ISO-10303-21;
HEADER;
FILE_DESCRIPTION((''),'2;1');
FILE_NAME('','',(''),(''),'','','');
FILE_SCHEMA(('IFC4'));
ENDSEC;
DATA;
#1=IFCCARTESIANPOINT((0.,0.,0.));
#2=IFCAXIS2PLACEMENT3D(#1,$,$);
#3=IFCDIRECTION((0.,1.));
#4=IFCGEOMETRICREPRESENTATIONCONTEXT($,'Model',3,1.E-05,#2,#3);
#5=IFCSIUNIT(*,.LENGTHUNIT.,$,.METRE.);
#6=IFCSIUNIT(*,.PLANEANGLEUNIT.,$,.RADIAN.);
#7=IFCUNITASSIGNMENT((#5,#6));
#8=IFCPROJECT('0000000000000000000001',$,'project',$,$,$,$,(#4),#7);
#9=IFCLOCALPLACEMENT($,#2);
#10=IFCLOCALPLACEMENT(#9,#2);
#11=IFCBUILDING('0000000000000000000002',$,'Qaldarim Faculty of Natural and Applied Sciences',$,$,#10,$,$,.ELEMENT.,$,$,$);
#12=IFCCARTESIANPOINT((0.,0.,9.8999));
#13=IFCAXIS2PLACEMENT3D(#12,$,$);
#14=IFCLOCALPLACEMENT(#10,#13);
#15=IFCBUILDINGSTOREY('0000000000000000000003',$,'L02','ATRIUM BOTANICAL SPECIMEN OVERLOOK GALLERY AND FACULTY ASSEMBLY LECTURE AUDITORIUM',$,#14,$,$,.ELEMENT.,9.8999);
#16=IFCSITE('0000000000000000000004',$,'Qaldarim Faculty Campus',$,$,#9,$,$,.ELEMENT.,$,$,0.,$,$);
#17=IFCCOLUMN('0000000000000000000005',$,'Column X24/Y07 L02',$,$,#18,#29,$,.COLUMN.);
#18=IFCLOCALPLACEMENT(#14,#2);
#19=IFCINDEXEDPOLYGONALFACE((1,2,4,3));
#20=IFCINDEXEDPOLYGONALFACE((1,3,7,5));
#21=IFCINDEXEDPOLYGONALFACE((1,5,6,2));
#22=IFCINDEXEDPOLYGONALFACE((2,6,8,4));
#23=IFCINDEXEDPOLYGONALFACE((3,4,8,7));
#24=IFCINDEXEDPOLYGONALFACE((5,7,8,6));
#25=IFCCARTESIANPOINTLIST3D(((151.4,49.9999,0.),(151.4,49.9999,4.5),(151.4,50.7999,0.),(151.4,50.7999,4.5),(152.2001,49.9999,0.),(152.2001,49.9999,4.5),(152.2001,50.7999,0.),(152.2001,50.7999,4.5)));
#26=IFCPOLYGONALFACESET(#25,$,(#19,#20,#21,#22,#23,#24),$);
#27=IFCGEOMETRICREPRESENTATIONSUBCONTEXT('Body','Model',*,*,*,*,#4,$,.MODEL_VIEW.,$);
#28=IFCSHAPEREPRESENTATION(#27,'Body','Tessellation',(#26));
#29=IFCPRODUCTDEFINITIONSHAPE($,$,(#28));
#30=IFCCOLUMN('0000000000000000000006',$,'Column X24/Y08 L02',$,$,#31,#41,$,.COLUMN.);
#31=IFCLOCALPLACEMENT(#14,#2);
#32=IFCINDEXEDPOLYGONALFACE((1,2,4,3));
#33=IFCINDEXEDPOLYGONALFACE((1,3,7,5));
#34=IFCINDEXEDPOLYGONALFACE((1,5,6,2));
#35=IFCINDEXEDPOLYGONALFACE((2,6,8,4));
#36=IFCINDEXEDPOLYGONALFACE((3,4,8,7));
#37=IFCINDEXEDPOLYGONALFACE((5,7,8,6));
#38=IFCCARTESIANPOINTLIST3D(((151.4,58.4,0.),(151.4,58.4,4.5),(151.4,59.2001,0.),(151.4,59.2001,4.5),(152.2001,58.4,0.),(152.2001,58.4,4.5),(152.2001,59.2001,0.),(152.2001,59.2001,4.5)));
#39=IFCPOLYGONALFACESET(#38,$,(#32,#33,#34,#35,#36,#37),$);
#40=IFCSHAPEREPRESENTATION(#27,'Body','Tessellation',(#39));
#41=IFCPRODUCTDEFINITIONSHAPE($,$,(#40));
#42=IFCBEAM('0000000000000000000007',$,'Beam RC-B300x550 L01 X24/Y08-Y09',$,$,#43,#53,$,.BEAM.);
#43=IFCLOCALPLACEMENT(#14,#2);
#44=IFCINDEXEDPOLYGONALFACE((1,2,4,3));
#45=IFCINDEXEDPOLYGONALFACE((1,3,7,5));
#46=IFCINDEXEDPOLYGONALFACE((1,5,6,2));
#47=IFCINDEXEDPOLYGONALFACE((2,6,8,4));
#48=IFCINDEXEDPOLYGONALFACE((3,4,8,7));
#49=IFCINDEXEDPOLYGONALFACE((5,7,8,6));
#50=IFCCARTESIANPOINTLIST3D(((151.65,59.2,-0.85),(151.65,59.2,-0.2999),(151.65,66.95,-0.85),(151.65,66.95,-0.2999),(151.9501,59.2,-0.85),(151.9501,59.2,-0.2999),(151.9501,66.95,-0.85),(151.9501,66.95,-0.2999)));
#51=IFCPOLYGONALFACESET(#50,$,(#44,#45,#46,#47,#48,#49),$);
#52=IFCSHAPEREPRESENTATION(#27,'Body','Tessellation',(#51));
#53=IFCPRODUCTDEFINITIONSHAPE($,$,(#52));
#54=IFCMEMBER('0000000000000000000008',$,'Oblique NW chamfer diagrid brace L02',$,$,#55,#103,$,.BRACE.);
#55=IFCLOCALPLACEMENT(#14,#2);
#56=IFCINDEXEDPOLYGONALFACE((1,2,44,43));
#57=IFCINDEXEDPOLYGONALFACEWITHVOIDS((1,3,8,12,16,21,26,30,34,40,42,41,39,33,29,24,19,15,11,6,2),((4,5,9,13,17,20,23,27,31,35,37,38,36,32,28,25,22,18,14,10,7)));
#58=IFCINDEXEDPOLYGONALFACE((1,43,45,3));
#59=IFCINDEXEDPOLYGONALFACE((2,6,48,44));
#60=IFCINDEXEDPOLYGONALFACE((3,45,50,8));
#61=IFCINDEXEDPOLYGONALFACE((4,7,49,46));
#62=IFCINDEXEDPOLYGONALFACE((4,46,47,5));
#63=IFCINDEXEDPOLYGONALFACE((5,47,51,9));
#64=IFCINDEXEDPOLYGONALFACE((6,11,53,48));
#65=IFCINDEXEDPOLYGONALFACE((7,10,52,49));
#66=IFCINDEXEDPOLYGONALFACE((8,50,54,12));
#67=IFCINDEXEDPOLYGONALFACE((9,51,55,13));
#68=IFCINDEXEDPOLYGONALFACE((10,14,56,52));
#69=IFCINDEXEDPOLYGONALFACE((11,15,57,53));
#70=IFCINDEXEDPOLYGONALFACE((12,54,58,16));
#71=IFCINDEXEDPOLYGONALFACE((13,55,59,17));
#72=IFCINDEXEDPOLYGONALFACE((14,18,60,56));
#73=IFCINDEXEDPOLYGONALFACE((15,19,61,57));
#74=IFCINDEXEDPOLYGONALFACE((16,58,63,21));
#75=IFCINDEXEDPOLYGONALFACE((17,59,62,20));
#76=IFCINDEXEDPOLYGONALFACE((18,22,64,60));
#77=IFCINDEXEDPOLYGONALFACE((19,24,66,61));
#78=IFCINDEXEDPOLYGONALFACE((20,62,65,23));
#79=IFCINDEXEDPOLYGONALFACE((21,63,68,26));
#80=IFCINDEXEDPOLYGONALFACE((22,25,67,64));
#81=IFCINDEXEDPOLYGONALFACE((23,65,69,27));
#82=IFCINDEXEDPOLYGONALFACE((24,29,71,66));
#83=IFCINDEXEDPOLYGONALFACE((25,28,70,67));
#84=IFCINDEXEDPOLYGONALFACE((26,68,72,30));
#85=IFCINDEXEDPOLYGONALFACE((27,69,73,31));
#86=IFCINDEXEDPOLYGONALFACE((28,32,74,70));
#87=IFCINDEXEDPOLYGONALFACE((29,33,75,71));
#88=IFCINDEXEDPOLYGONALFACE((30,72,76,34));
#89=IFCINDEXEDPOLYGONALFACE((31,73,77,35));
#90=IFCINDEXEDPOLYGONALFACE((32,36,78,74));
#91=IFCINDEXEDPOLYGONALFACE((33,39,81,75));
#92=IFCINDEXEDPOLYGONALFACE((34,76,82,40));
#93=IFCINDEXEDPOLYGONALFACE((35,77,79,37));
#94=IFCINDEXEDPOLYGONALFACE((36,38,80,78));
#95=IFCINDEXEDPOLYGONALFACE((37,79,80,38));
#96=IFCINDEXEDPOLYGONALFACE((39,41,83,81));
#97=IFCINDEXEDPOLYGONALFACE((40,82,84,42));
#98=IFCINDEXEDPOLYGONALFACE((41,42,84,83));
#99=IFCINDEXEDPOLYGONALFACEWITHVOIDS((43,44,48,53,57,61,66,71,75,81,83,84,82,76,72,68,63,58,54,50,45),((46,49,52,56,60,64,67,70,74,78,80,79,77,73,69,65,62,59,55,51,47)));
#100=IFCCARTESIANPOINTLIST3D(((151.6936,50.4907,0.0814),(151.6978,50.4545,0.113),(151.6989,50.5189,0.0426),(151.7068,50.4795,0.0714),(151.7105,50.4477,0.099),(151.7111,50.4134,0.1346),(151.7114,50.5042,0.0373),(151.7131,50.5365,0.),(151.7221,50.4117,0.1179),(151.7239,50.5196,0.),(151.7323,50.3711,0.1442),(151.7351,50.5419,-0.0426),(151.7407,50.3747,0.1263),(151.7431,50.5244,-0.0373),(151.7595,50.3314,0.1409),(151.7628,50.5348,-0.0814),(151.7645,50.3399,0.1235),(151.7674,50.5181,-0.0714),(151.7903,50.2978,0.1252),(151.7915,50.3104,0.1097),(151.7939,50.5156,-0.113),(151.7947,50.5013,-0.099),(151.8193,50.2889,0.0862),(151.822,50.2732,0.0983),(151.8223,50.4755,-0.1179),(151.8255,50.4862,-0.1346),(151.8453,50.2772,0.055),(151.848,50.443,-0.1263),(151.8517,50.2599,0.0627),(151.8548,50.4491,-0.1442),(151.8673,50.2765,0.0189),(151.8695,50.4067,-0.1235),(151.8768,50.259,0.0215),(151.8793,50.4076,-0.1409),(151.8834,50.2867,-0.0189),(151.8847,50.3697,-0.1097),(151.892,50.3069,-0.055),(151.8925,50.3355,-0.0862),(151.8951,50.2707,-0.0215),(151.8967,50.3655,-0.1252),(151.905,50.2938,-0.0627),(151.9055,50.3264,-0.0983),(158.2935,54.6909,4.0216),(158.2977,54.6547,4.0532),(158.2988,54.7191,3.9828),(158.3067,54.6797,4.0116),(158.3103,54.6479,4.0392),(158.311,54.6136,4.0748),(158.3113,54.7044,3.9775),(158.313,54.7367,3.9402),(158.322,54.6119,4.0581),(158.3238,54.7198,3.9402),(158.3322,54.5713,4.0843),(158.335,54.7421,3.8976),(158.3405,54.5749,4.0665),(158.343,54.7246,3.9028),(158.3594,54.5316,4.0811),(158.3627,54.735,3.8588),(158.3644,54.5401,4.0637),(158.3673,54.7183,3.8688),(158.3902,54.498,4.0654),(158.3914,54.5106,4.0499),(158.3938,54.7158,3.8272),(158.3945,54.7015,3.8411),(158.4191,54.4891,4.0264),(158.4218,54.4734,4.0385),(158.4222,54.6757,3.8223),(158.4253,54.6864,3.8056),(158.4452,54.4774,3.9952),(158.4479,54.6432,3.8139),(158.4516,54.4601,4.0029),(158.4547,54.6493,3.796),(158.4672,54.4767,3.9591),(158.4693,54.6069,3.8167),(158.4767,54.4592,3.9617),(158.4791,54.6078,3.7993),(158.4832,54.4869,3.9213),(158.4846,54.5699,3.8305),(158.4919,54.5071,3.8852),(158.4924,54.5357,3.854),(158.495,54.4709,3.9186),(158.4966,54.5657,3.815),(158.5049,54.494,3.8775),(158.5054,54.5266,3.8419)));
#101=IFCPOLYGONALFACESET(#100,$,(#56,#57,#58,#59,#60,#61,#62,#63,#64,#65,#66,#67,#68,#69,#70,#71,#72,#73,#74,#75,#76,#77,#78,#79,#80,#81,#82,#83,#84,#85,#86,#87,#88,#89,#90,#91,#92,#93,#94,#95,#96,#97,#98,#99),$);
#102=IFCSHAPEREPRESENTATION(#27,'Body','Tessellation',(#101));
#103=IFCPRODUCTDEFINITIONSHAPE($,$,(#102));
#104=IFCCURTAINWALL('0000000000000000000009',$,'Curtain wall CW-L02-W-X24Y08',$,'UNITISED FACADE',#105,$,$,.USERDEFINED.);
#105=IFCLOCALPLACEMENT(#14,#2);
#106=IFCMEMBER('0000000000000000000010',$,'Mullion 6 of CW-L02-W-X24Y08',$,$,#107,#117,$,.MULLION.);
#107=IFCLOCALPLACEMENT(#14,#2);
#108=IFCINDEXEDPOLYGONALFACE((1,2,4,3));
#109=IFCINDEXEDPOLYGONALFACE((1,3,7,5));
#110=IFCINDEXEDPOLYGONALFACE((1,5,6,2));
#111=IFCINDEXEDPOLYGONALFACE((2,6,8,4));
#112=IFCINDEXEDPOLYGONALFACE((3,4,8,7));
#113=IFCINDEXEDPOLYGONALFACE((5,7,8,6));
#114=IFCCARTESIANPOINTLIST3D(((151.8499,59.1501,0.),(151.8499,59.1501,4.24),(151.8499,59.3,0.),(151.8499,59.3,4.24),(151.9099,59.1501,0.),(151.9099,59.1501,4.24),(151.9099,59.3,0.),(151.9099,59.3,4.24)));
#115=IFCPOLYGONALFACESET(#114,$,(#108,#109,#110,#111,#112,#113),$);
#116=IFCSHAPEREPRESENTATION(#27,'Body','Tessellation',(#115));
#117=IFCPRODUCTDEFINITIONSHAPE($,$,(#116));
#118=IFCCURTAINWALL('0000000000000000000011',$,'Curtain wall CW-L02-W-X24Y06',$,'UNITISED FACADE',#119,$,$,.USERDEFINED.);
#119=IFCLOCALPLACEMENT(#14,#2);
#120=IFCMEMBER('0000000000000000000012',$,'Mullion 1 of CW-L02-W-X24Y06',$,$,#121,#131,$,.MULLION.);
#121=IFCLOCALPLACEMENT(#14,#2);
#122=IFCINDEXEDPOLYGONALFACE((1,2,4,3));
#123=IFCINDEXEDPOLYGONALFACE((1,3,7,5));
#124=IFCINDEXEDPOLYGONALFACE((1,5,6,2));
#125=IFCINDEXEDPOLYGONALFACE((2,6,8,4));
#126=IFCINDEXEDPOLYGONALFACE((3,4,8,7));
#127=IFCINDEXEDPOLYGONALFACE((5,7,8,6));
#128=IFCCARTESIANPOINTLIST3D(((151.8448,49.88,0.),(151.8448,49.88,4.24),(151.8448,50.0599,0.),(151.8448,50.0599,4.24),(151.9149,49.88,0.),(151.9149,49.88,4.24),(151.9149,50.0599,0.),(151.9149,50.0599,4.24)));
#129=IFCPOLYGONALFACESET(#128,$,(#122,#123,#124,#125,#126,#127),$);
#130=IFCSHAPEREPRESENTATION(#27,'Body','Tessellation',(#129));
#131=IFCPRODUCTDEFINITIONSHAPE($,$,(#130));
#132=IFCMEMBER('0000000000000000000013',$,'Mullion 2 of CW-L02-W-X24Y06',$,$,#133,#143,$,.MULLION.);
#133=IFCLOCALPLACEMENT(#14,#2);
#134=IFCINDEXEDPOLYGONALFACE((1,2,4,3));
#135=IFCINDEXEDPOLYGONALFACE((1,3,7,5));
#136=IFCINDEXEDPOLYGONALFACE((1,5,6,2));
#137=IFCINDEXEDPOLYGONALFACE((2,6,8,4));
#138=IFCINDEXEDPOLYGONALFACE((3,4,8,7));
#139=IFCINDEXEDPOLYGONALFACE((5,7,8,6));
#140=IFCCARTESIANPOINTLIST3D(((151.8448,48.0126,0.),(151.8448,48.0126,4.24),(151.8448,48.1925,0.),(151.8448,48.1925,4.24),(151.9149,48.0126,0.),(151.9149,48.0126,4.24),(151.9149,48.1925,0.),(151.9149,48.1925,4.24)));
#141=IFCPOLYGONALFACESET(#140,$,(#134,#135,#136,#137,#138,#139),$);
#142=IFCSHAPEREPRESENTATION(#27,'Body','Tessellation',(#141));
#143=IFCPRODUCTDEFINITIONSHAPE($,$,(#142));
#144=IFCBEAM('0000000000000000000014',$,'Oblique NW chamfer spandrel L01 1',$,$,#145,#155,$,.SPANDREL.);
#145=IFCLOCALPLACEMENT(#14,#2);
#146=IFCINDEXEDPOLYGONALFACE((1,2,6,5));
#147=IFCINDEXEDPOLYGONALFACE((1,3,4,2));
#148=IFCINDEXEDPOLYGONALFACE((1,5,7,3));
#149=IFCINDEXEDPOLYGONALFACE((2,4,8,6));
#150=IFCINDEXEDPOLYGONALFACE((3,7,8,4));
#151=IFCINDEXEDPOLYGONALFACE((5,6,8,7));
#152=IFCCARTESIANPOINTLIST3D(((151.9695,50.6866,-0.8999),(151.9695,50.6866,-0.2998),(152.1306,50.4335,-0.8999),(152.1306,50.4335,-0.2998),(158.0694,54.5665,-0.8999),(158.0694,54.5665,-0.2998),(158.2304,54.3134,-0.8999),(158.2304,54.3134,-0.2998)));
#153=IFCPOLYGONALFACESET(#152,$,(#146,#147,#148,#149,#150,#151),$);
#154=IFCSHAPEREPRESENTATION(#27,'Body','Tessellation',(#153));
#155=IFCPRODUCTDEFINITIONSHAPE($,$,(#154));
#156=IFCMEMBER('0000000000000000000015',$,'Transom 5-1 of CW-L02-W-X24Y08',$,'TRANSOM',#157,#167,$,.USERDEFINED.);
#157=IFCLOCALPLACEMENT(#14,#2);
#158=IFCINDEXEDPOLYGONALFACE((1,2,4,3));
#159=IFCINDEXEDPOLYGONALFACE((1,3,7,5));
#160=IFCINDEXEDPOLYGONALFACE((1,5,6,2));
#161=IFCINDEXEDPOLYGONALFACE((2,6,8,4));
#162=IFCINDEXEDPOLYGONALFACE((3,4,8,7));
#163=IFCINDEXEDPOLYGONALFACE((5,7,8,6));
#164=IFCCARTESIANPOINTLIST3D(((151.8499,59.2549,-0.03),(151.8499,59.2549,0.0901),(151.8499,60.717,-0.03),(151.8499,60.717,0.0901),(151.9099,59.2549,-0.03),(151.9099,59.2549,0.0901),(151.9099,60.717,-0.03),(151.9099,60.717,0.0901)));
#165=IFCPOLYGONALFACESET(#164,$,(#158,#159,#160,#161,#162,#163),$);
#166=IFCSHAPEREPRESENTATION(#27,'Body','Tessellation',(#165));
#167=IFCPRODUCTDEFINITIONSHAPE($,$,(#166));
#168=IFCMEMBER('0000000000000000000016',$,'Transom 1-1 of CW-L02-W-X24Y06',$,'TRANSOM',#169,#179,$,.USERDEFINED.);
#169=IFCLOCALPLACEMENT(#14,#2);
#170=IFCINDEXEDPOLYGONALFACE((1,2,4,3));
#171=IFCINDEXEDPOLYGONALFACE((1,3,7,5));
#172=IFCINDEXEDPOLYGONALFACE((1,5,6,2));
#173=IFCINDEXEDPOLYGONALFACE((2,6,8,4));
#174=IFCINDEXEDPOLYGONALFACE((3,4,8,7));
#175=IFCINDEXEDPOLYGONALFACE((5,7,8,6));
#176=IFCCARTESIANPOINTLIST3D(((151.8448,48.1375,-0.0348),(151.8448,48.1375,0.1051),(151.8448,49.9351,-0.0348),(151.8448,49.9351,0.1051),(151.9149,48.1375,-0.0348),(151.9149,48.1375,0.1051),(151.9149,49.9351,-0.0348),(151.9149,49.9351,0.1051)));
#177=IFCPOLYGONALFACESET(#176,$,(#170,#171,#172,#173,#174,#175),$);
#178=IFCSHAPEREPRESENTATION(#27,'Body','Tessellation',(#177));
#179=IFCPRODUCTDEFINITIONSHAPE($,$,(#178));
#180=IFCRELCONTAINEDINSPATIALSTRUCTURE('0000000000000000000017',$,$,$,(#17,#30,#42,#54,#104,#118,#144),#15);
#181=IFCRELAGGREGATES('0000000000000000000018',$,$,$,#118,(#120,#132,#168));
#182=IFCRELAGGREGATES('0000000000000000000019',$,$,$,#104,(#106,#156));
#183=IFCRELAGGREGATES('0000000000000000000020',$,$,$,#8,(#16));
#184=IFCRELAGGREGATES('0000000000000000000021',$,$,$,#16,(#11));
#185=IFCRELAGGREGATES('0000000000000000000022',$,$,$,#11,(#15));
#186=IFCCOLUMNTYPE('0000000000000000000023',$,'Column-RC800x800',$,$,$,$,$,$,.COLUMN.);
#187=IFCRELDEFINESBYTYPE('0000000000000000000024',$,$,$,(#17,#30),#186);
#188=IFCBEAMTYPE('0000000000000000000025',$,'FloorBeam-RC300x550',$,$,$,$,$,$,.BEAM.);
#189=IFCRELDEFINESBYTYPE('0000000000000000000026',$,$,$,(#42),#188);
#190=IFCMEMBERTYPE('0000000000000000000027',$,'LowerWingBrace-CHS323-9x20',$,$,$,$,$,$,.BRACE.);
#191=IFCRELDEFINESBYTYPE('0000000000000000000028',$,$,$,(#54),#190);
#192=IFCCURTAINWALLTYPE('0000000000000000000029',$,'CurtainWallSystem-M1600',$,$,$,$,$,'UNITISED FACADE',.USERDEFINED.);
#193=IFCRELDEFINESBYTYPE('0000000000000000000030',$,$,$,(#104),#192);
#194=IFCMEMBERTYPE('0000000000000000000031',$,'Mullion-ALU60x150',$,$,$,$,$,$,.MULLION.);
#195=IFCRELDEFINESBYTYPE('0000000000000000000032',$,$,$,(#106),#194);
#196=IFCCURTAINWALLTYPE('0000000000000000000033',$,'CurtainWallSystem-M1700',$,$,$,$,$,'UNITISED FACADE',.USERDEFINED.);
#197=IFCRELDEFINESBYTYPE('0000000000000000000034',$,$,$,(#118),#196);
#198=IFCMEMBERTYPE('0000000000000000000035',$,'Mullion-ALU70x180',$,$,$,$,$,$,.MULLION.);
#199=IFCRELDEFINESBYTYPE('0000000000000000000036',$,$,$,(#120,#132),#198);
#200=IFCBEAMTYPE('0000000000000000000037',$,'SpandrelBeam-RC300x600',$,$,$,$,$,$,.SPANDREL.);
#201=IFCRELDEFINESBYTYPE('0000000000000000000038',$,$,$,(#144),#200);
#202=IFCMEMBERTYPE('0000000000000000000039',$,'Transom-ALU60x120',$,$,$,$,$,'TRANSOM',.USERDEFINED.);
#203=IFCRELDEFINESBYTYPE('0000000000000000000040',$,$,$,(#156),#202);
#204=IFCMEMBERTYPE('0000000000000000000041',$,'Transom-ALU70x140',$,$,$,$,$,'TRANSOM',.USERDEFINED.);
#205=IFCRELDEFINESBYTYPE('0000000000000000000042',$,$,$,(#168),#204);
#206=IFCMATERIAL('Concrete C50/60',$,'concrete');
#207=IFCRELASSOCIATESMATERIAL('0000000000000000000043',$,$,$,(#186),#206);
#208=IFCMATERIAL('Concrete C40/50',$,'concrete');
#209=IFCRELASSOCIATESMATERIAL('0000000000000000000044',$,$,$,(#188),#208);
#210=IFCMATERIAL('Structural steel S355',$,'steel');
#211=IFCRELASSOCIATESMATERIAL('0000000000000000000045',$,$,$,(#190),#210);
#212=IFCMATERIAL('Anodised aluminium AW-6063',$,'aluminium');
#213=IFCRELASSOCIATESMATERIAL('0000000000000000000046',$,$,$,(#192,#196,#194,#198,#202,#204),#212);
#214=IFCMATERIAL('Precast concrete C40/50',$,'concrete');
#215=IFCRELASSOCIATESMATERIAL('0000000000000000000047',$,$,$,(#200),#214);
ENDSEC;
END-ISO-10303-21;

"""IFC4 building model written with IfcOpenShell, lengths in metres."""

from ifc_helpers import new_model, si_unit, direction, frame, origin, origin_2d, place, context, subcontext, project, spatial, rectangle, hollow_circle, extrude, material, material_profile, profile_set, type_object, element, aggregate, save


model = new_model("IFC4")

# Units and contexts
model_context = context("Model", 3, precision=1e-05, world=origin(), true_north=direction((0.0, 1.0)))
body_context = subcontext(model_context, "Body", "Model", "MODEL_VIEW")
ifc_project = project(units=[si_unit("LENGTHUNIT", "METRE"), si_unit("PLANEANGLEUNIT", "RADIAN")], contexts=[model_context])

# Site, building, storey
site_placement = place(None, origin())
site = spatial("IfcSite", under=ifc_project, at=site_placement, Name="Qaldarim Faculty Campus", CompositionType="ELEMENT", RefElevation=0.0)
building_placement = place(site_placement, origin())
building = spatial("IfcBuilding", under=site, at=building_placement, Name="Qaldarim Faculty of Natural and Applied Sciences", CompositionType="ELEMENT")
storey_placement = place(building_placement, frame((0.0, 0.0, 9.8999)))
storey = spatial("IfcBuildingStorey", under=building, at=storey_placement, Name="L02", Description="ATRIUM BOTANICAL SPECIMEN OVERLOOK GALLERY AND FACULTY ASSEMBLY LECTURE AUDITORIUM", CompositionType="ELEMENT", Elevation=9.8999)

# Columns
ifc_material_1 = material(Name="Concrete C50/60", Category="concrete")
ifc_material_profile_1 = material_profile(ifc_material_1, rectangle(XDim=0.8, YDim=0.8, at=origin_2d()), Name="RC-C800x800")
ifc_profile_set_1 = profile_set([ifc_material_profile_1], Name="Concrete C50/60")
column_type = type_object("IfcColumnType", Name="Column-RC800x800", PredefinedType="COLUMN", material=ifc_profile_set_1)
for number, where, z_axis, x_axis, name in (
    (1, (151.8, 50.3999, 0.0), (0.0, 0.0, 1.0), (1.0, 0.0, 0.0), "Column X24/Y07 L02"),
    (2, (151.8, 58.8, 0.0), (0.0, 0.0, 1.0), (1.0, 0.0, 0.0), "Column X24/Y08 L02"),
):
    element("IfcColumn", number, at=place(storey_placement, frame(where, z_axis=z_axis, x_axis=x_axis)), inside=storey, type_object=column_type, Name=name, PredefinedType="COLUMN", context=body_context, shape_type="SweptSolid", body=[
        extrude(rectangle(XDim=0.8, YDim=0.8, at=origin_2d()), origin(), (0.0, 0.0, 1.0), 4.5),
    ])

# Beam
ifc_material_2 = material(Name="Concrete C40/50", Category="concrete")
ifc_material_profile_2 = material_profile(ifc_material_2, rectangle(XDim=0.3, YDim=0.55, at=origin_2d()), Name="RC-B300x550")
ifc_profile_set_2 = profile_set([ifc_material_profile_2], Name="Concrete C40/50")
beam_type_1 = type_object("IfcBeamType", Name="FloorBeam-RC300x550", PredefinedType="BEAM", material=ifc_profile_set_2)
beam_1_placement = place(storey_placement, frame((151.8, 59.2, -0.575), z_axis=(0.0, 1.0, 0.0), x_axis=(-1.0, 0.0, 0.0)))
element("IfcBeam", 3, at=beam_1_placement, inside=storey, type_object=beam_type_1, Name="Beam RC-B300x550 L01 X24/Y08-Y09", PredefinedType="BEAM", context=body_context, shape_type="SweptSolid", body=[
    extrude(rectangle(XDim=0.3, YDim=0.55, at=origin_2d()), origin(), (0.0, 0.0, 1.0), 7.75),
])

# Member
ifc_material_3 = material(Name="Structural steel S355", Category="steel")
ifc_material_profile_3 = material_profile(ifc_material_3, hollow_circle(Radius=0.1619, WallThickness=0.02, at=origin_2d()), Name="CHS 323.9x20.0")
ifc_profile_set_3 = profile_set([ifc_material_profile_3], Name="Structural steel S355")
member_type_1 = type_object("IfcMemberType", Name="LowerWingBrace-CHS323-9x20", PredefinedType="BRACE", material=ifc_profile_set_3)
member_1_placement = place(storey_placement, frame((151.8, 50.3999, 0.0), z_axis=(0.753471, 0.479514, 0.44983), x_axis=(-0.536902, 0.843645, 0.0)))
element("IfcMember", 4, at=member_1_placement, inside=storey, type_object=member_type_1, Name="Oblique NW chamfer diagrid brace L02", PredefinedType="BRACE", context=body_context, shape_type="SweptSolid", body=[
    extrude(hollow_circle(Radius=0.1619, WallThickness=0.02, at=origin_2d()), origin(), (0.0, 0.0, 1.0), 8.7593),
])

# Curtain wall, member
ifc_material_4 = material(Name="Anodised aluminium AW-6063", Category="aluminium")
curtain_wall_type_1 = type_object("IfcCurtainWallType", Name="CurtainWallSystem-M1600", ElementType="UNITISED FACADE", PredefinedType="USERDEFINED", material=ifc_material_4)
curtain_wall_1_placement = place(storey_placement, origin())
curtain_wall_1 = element("IfcCurtainWall", 5, at=curtain_wall_1_placement, inside=storey, type_object=curtain_wall_type_1, Name="Curtain wall CW-L02-W-X24Y08", ObjectType="UNITISED FACADE", PredefinedType="USERDEFINED")
ifc_material_profile_4 = material_profile(ifc_material_4, rectangle(XDim=0.0601, YDim=0.1499, at=origin_2d()), Name="ALU-M60x150")
ifc_profile_set_4 = profile_set([ifc_material_profile_4], Name="Anodised aluminium AW-6063")
member_type_2 = type_object("IfcMemberType", Name="Mullion-ALU60x150", PredefinedType="MULLION", material=ifc_profile_set_4)
member_2_placement = place(storey_placement, frame((151.8799, 59.2251, 0.0), z_axis=(0.0, 0.0, 1.0), x_axis=(1.0, 0.0, 0.0)))
member_2 = element("IfcMember", 6, at=member_2_placement, type_object=member_type_2, Name="Mullion 6 of CW-L02-W-X24Y08", PredefinedType="MULLION", context=body_context, shape_type="SweptSolid", body=[
    extrude(rectangle(XDim=0.0601, YDim=0.1499, at=origin_2d()), origin(), (0.0, 0.0, 1.0), 4.24),
])

# Curtain wall, members
curtain_wall_type_2 = type_object("IfcCurtainWallType", Name="CurtainWallSystem-M1700", ElementType="UNITISED FACADE", PredefinedType="USERDEFINED", material=ifc_material_4)
curtain_wall_2_placement = place(storey_placement, origin())
curtain_wall_2 = element("IfcCurtainWall", 7, at=curtain_wall_2_placement, inside=storey, type_object=curtain_wall_type_2, Name="Curtain wall CW-L02-W-X24Y06", ObjectType="UNITISED FACADE", PredefinedType="USERDEFINED")
ifc_material_profile_5 = material_profile(ifc_material_4, rectangle(XDim=0.0701, YDim=0.1799, at=origin_2d()), Name="ALU-M70x180")
ifc_profile_set_5 = profile_set([ifc_material_profile_5], Name="Anodised aluminium AW-6063")
member_type_3 = type_object("IfcMemberType", Name="Mullion-ALU70x180", PredefinedType="MULLION", material=ifc_profile_set_5)
member_3_placement = place(storey_placement, frame((151.8799, 49.97, 0.0), z_axis=(0.0, 0.0, 1.0), x_axis=(1.0, 0.0, 0.0)))
member_3 = element("IfcMember", 8, at=member_3_placement, type_object=member_type_3, Name="Mullion 1 of CW-L02-W-X24Y06", PredefinedType="MULLION", context=body_context, shape_type="SweptSolid", body=[
    extrude(rectangle(XDim=0.0701, YDim=0.1799, at=origin_2d()), origin(), (0.0, 0.0, 1.0), 4.24),
])
member_4_placement = place(storey_placement, frame((151.8799, 48.1025, 0.0), z_axis=(0.0, 0.0, 1.0), x_axis=(1.0, 0.0, 0.0)))
member_4 = element("IfcMember", 9, at=member_4_placement, type_object=member_type_3, Name="Mullion 2 of CW-L02-W-X24Y06", PredefinedType="MULLION", context=body_context, shape_type="SweptSolid", body=[
    extrude(rectangle(XDim=0.0701, YDim=0.1799, at=origin_2d()), origin(), (0.0, 0.0, 1.0), 4.24),
])

# Beam
ifc_material_5 = material(Name="Precast concrete C40/50", Category="concrete")
ifc_material_profile_6 = material_profile(ifc_material_5, rectangle(XDim=0.3, YDim=0.6001, at=origin_2d()), Name="RC-SP300x600")
ifc_profile_set_6 = profile_set([ifc_material_profile_6], Name="Precast concrete C40/50")
beam_type_2 = type_object("IfcBeamType", Name="SpandrelBeam-RC300x600", PredefinedType="SPANDREL", material=ifc_profile_set_6)
beam_2_placement = place(storey_placement, frame((152.05, 50.5601, -0.5999), z_axis=(0.843777, 0.536694, 0.0), x_axis=(-0.536694, 0.843777, 0.0)))
element("IfcBeam", 10, at=beam_2_placement, inside=storey, type_object=beam_type_2, Name="Oblique NW chamfer spandrel L01 1", PredefinedType="SPANDREL", context=body_context, shape_type="SweptSolid", body=[
    extrude(rectangle(XDim=0.3, YDim=0.6001, at=origin_2d()), origin(), (0.0, 0.0, 1.0), 7.2292),
])

# Members
ifc_material_profile_7 = material_profile(ifc_material_4, rectangle(XDim=0.0601, YDim=0.1201, at=origin_2d()), Name="ALU-T60x120")
ifc_profile_set_7 = profile_set([ifc_material_profile_7], Name="Anodised aluminium AW-6063")
member_type_4 = type_object("IfcMemberType", Name="Transom-ALU60x120", ElementType="TRANSOM", PredefinedType="USERDEFINED", material=ifc_profile_set_7)
member_5_placement = place(storey_placement, frame((151.8799, 60.717, 0.03), z_axis=(0.0, -1.0, 0.0), x_axis=(1.0, 0.0, 0.0)))
member_5 = element("IfcMember", 11, at=member_5_placement, type_object=member_type_4, Name="Transom 5-1 of CW-L02-W-X24Y08", ObjectType="TRANSOM", PredefinedType="USERDEFINED", context=body_context, shape_type="SweptSolid", body=[
    extrude(rectangle(XDim=0.0601, YDim=0.1201, at=origin_2d()), origin(), (0.0, 0.0, 1.0), 1.4622),
])
ifc_material_profile_8 = material_profile(ifc_material_4, rectangle(XDim=0.0701, YDim=0.1399, at=origin_2d()), Name="ALU-T70x140")
ifc_profile_set_8 = profile_set([ifc_material_profile_8], Name="Anodised aluminium AW-6063")
member_type_5 = type_object("IfcMemberType", Name="Transom-ALU70x140", ElementType="TRANSOM", PredefinedType="USERDEFINED", material=ifc_profile_set_8)
member_6_placement = place(storey_placement, frame((151.8799, 49.9351, 0.0352), z_axis=(0.0, -1.0, 0.0), x_axis=(1.0, 0.0, 0.0)))
member_6 = element("IfcMember", 12, at=member_6_placement, type_object=member_type_5, Name="Transom 1-1 of CW-L02-W-X24Y06", ObjectType="TRANSOM", PredefinedType="USERDEFINED", context=body_context, shape_type="SweptSolid", body=[
    extrude(rectangle(XDim=0.0701, YDim=0.1399, at=origin_2d()), origin(), (0.0, 0.0, 1.0), 1.7976),
])

aggregate(curtain_wall_2, [member_3, member_4, member_6])
aggregate(curtain_wall_1, [member_2, member_5])

save(model, "model.ifc")
